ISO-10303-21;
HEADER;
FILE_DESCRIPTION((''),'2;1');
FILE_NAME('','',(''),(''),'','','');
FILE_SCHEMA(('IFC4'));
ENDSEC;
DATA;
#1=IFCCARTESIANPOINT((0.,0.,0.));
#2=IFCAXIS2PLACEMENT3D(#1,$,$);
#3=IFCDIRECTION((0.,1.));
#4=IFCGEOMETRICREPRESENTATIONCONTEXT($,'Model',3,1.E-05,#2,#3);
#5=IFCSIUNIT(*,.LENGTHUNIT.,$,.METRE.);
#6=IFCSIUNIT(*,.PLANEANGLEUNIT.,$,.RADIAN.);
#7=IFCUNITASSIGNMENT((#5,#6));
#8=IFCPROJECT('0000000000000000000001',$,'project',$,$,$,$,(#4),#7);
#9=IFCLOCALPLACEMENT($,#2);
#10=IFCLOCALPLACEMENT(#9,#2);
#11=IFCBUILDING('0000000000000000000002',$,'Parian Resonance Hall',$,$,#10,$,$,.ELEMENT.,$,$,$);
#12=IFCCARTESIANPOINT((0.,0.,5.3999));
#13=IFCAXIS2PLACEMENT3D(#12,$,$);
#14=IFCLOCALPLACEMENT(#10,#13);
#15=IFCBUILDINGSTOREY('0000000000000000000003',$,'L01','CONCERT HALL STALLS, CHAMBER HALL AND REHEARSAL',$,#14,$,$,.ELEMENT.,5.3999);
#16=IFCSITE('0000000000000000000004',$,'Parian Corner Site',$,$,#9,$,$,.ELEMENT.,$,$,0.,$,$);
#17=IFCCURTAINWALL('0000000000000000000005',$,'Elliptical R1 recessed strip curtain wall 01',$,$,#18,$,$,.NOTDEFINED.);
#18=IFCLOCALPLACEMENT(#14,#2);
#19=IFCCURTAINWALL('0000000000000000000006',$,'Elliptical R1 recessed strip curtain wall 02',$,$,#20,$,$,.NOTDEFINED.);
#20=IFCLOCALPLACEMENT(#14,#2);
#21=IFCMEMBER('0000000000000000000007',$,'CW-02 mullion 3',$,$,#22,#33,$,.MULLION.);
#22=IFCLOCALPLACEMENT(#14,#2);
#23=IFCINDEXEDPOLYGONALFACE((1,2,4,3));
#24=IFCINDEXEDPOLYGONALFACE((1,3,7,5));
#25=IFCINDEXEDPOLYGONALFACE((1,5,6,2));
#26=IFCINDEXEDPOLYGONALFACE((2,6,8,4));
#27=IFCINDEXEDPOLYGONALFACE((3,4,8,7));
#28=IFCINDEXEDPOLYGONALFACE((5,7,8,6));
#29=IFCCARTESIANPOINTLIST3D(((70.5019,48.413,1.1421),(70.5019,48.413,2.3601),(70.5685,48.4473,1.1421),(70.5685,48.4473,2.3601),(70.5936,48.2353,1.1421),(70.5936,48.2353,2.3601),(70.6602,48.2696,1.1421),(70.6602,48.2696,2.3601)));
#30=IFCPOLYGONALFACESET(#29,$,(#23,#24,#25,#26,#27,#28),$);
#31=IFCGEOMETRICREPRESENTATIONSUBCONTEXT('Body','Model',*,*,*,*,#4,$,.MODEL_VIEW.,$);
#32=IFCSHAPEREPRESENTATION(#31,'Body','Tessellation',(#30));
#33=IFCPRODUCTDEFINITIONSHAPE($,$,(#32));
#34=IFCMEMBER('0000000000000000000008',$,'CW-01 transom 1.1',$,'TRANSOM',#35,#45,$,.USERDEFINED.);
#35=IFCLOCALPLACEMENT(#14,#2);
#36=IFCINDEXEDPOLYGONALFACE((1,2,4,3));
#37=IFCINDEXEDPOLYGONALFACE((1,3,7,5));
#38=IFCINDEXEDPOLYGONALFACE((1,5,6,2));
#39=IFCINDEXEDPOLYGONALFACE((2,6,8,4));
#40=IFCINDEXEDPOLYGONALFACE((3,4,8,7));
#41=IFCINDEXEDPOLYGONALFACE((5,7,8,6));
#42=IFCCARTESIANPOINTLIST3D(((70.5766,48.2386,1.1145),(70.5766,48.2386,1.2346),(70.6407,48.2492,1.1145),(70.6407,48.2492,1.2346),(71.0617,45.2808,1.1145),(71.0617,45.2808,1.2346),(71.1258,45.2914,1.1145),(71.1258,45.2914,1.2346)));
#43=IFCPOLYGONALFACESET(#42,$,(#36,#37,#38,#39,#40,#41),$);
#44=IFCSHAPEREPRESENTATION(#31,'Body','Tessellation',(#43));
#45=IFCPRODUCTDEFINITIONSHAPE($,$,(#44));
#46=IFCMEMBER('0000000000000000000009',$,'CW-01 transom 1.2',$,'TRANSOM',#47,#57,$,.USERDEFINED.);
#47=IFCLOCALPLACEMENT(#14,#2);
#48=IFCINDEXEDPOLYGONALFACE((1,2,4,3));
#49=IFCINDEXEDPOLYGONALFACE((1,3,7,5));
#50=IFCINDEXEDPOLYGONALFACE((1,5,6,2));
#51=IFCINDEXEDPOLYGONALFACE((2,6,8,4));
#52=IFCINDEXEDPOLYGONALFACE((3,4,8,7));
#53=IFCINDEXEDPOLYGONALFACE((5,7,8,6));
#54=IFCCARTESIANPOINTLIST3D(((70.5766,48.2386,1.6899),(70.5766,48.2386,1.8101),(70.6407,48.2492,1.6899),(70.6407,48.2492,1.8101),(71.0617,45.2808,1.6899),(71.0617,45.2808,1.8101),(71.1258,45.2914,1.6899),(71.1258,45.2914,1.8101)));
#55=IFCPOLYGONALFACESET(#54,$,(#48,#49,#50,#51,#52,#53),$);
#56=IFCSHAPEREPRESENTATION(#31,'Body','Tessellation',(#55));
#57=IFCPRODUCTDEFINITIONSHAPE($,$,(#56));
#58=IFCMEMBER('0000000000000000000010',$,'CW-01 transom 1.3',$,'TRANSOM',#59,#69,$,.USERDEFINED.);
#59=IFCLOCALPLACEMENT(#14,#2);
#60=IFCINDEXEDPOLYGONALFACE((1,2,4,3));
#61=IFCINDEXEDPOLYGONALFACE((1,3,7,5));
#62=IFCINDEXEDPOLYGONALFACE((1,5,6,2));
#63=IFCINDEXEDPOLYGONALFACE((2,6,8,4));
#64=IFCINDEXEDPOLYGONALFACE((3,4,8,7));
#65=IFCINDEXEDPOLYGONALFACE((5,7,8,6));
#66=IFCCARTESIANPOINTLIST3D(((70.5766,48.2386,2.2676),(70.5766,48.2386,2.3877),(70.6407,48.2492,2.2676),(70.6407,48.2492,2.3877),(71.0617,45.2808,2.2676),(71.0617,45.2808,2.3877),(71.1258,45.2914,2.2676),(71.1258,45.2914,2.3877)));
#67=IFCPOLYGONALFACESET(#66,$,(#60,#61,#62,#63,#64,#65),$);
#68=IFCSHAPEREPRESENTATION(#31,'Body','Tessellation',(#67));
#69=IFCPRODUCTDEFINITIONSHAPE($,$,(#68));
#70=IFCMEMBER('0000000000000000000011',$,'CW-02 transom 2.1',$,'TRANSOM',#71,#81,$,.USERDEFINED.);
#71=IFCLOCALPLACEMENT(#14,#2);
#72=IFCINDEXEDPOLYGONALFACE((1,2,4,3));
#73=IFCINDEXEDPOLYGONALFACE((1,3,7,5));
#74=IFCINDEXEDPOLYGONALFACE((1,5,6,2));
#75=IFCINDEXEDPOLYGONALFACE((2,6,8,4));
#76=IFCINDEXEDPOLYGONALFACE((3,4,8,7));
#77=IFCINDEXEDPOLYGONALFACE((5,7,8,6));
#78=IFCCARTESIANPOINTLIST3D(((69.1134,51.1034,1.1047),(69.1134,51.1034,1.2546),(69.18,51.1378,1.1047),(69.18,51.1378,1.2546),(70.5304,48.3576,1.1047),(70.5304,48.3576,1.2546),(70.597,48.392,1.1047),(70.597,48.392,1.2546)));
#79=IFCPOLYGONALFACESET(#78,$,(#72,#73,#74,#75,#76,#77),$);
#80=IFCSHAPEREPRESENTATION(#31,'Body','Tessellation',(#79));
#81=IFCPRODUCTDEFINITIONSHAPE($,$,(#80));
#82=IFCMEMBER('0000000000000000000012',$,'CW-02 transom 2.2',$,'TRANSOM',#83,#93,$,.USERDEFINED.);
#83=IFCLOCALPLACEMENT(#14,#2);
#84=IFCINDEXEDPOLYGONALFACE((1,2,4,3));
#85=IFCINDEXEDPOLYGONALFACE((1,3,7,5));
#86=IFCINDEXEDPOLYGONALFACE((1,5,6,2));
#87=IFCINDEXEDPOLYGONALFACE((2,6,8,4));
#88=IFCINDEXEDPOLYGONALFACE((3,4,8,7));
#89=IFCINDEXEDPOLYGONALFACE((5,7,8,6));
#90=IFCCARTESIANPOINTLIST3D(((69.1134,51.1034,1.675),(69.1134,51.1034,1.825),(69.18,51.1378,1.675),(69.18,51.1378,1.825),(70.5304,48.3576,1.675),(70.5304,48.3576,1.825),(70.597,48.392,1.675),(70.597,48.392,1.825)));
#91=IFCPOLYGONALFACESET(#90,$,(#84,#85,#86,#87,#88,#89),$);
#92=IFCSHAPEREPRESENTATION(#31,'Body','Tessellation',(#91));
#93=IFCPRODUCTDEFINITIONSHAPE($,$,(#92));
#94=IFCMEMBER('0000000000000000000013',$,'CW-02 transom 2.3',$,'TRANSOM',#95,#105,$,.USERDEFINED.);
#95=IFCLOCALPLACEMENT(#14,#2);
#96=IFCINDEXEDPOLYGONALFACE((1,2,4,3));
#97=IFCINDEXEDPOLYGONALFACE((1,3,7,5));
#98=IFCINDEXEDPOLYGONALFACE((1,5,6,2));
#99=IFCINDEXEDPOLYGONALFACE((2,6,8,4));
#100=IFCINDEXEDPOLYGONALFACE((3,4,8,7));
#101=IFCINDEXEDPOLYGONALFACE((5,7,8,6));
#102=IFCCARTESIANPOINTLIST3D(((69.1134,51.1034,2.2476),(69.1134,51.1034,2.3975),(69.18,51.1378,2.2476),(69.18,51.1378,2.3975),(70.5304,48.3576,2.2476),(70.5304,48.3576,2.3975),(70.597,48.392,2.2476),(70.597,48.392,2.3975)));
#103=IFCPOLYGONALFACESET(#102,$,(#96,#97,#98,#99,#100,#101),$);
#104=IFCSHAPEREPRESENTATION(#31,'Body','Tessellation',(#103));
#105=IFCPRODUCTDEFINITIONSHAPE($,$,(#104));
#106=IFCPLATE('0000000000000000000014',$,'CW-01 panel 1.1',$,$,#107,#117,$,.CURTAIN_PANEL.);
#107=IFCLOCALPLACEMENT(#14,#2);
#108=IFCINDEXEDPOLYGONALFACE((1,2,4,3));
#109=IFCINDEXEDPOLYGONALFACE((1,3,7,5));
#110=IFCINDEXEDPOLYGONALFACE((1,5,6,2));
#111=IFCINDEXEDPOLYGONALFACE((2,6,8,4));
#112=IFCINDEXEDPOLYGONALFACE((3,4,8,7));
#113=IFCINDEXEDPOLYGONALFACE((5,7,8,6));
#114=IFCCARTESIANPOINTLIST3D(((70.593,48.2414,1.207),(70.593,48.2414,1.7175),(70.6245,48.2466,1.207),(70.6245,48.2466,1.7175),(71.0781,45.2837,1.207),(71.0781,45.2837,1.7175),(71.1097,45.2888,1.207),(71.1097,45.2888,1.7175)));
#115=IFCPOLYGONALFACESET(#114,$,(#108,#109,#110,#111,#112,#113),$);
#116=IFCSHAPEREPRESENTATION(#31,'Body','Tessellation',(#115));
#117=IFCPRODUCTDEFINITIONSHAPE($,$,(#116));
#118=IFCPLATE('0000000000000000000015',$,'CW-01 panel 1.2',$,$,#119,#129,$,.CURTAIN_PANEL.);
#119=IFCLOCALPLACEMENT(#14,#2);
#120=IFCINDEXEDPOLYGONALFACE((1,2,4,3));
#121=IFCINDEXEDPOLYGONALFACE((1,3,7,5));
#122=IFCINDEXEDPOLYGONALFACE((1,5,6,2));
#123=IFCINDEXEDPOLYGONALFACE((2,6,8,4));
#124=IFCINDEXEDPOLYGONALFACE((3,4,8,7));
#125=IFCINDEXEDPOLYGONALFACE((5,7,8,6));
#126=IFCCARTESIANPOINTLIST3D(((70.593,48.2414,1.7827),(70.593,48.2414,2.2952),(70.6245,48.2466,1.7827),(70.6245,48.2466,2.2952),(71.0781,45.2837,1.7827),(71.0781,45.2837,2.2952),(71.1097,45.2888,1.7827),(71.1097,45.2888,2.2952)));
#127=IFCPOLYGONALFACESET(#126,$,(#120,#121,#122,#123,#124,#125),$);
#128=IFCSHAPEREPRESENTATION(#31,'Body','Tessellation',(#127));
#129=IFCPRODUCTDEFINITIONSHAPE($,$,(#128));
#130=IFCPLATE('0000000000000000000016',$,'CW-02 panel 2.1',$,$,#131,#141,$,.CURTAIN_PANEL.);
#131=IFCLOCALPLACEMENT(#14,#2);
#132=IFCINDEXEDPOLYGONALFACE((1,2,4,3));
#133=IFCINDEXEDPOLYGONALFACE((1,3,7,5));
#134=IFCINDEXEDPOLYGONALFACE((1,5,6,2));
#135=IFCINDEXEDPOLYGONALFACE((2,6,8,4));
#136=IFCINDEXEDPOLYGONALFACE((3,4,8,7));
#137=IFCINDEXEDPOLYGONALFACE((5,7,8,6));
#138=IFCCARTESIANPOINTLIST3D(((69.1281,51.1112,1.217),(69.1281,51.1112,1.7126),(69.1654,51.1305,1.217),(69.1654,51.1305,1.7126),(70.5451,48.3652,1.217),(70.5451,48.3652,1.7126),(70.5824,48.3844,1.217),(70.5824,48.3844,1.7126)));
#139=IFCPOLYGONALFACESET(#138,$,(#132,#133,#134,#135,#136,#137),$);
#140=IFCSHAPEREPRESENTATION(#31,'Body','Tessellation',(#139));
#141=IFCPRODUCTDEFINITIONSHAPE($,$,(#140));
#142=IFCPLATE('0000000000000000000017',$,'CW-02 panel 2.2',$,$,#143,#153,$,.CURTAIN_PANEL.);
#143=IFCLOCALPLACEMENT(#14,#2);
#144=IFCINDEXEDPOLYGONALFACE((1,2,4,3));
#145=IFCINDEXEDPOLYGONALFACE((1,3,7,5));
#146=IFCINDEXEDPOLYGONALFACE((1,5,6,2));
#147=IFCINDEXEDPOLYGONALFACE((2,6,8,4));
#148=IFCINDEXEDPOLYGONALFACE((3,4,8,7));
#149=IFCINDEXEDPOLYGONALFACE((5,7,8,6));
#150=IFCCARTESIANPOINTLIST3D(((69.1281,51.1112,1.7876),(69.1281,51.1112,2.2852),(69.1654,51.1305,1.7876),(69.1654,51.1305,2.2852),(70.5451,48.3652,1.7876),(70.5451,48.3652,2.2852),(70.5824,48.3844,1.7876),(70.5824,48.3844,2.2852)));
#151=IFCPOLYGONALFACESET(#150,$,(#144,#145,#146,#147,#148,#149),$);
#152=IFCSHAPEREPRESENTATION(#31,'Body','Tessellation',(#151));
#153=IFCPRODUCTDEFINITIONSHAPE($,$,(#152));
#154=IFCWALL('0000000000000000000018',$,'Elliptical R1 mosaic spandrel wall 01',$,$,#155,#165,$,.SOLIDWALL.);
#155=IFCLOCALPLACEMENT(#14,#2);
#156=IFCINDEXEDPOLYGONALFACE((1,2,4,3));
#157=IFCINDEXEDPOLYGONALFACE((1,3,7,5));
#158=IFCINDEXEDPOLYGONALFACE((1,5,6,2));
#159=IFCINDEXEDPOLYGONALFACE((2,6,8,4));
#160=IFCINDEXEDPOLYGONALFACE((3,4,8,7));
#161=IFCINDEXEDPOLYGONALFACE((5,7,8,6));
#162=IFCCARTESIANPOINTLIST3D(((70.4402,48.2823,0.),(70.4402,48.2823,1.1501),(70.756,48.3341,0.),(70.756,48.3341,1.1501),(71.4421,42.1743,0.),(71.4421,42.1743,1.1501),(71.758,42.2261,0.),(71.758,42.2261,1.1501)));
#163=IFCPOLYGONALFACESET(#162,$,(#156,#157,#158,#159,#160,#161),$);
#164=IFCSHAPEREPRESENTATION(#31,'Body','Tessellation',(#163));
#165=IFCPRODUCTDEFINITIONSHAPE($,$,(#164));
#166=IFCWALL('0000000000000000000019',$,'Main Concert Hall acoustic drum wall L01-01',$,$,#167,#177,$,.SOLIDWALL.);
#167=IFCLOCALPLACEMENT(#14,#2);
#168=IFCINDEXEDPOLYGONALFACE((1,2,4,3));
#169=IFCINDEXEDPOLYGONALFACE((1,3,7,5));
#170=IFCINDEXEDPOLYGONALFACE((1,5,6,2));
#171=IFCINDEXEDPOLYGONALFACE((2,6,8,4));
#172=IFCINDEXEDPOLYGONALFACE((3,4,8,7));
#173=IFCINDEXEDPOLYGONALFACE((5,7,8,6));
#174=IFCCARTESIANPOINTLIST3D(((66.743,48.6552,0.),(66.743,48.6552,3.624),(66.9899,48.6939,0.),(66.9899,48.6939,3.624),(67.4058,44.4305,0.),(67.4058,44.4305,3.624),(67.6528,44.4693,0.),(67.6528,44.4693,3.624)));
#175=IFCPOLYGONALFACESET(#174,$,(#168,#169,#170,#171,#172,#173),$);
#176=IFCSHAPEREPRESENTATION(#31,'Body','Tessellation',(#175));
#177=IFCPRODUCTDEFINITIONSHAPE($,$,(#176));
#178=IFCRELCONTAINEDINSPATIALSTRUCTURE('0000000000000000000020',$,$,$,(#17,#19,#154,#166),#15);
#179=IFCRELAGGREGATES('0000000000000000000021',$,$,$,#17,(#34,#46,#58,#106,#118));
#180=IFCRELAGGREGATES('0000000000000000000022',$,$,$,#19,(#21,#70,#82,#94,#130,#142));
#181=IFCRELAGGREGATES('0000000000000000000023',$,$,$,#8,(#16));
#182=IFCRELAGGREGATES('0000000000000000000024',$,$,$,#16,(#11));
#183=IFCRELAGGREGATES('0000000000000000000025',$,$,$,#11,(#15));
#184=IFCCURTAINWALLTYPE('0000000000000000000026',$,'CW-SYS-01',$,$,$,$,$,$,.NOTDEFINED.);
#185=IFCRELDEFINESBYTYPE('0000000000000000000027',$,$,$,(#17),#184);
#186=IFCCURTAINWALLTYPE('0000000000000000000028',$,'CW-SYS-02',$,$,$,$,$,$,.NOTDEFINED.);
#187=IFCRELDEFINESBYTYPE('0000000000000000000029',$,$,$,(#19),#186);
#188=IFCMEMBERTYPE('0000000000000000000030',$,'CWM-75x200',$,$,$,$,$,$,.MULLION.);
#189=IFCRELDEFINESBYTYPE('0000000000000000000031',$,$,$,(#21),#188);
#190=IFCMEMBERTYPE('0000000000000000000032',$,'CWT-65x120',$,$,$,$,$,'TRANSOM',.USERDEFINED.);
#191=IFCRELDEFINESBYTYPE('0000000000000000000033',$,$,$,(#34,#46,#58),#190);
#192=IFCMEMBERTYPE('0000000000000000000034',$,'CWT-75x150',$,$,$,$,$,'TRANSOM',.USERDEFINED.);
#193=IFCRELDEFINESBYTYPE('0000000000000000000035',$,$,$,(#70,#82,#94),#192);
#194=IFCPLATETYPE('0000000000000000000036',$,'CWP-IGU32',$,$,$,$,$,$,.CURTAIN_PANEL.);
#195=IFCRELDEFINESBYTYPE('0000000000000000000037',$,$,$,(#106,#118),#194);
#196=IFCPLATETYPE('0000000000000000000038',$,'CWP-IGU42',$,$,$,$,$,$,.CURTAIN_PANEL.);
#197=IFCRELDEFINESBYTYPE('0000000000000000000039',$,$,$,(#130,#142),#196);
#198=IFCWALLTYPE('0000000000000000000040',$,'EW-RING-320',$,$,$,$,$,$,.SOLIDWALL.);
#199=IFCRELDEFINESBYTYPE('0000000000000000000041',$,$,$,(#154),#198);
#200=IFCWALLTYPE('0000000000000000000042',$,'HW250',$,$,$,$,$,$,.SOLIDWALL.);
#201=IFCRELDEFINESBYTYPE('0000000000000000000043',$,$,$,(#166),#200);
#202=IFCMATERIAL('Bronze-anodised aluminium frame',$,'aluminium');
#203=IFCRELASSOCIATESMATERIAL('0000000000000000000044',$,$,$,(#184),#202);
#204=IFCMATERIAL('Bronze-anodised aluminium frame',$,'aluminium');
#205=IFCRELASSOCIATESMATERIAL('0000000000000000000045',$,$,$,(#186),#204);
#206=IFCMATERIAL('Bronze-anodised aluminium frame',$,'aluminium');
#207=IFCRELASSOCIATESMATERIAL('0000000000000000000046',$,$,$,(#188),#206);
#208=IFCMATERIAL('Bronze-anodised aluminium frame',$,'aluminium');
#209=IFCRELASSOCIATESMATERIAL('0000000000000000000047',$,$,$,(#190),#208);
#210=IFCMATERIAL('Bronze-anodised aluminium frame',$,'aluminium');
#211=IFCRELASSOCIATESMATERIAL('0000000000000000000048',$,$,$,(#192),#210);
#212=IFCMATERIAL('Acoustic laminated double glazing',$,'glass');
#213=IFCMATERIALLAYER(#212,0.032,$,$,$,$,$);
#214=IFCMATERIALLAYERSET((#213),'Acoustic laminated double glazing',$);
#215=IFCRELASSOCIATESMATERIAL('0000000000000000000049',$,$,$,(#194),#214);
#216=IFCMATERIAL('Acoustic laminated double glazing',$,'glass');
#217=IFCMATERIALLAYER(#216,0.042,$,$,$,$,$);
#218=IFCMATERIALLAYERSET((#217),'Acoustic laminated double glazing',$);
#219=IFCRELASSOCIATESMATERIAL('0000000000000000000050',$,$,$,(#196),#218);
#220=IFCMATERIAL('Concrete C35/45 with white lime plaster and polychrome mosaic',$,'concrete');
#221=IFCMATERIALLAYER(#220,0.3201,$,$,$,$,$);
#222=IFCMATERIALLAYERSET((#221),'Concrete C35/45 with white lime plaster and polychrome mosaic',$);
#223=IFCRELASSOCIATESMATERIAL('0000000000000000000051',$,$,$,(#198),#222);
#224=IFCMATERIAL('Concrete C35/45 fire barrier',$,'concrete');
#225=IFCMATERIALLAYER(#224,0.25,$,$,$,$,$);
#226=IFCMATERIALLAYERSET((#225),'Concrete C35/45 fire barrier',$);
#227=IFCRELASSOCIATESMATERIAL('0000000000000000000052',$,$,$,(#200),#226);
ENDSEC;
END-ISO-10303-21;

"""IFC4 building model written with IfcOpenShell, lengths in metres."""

from ifc_helpers import new_model, si_unit, direction, frame, frame_2d, origin, origin_2d, place, context, subcontext, project, spatial, rectangle, extrude, material, layer, layer_set, material_profile, profile_set, type_object, element, aggregate, save


model = new_model("IFC4")

# Units and contexts
model_context = context("Model", 3, precision=1e-05, world=origin(), true_north=direction((0.0, 1.0)))
body_context = subcontext(model_context, "Body", "Model", "MODEL_VIEW")
ifc_project = project(units=[si_unit("LENGTHUNIT", "METRE"), si_unit("PLANEANGLEUNIT", "RADIAN")], contexts=[model_context])

# Site, building, storey
site_placement = place(None, origin())
site = spatial("IfcSite", under=ifc_project, at=site_placement, Name="Parian Corner Site", CompositionType="ELEMENT", RefElevation=0.0)
building_placement = place(site_placement, origin())
building = spatial("IfcBuilding", under=site, at=building_placement, Name="Parian Resonance Hall", CompositionType="ELEMENT")
storey_placement = place(building_placement, frame((0.0, 0.0, 5.3999)))
storey = spatial("IfcBuildingStorey", under=building, at=storey_placement, Name="L01", Description="CONCERT HALL STALLS, CHAMBER HALL AND REHEARSAL", CompositionType="ELEMENT", Elevation=5.3999)

# Curtain walls, member
ifc_material_1 = material(Name="Bronze-anodised aluminium frame", Category="aluminium")
curtain_wall_type_1 = type_object("IfcCurtainWallType", Name="CW-SYS-01", PredefinedType="NOTDEFINED", material=ifc_material_1)
curtain_wall_1_placement = place(storey_placement, origin())
curtain_wall_1 = element("IfcCurtainWall", 1, at=curtain_wall_1_placement, inside=storey, type_object=curtain_wall_type_1, Name="Elliptical R1 recessed strip curtain wall 01", PredefinedType="NOTDEFINED")
ifc_material_2 = material(Name="Bronze-anodised aluminium frame", Category="aluminium")
curtain_wall_type_2 = type_object("IfcCurtainWallType", Name="CW-SYS-02", PredefinedType="NOTDEFINED", material=ifc_material_2)
curtain_wall_2_placement = place(storey_placement, origin())
curtain_wall_2 = element("IfcCurtainWall", 2, at=curtain_wall_2_placement, inside=storey, type_object=curtain_wall_type_2, Name="Elliptical R1 recessed strip curtain wall 02", PredefinedType="NOTDEFINED")
ifc_material_3 = material(Name="Bronze-anodised aluminium frame", Category="aluminium")
ifc_material_profile_1 = material_profile(ifc_material_3, rectangle(XDim=0.075, YDim=0.2, at=origin_2d()), Name="CWM-75x200")
ifc_profile_set_1 = profile_set([ifc_material_profile_1], Name="Bronze-anodised aluminium frame")
member_type_1 = type_object("IfcMemberType", Name="CWM-75x200", PredefinedType="MULLION", material=ifc_profile_set_1)
member_1_placement = place(storey_placement, frame((70.5811, 48.3413, 1.1421), z_axis=(0.0, 0.0, 1.0), x_axis=(0.888662, 0.458562, 0.0)))
member_1 = element("IfcMember", 3, at=member_1_placement, type_object=member_type_1, Name="CW-02 mullion 3", PredefinedType="MULLION", context=body_context, shape_type="SweptSolid", body=[
    extrude(rectangle(XDim=0.075, YDim=0.2, at=origin_2d()), origin(), (0.0, 0.0, 1.0), 1.218),
])

# Members
ifc_material_4 = material(Name="Bronze-anodised aluminium frame", Category="aluminium")
ifc_material_profile_2 = material_profile(ifc_material_4, rectangle(XDim=0.0649, YDim=0.1201, at=origin_2d()), Name="CWT-65x120")
ifc_profile_set_2 = profile_set([ifc_material_profile_2], Name="Bronze-anodised aluminium frame")
member_type_2 = type_object("IfcMemberType", Name="CWT-65x120", ElementType="TRANSOM", PredefinedType="USERDEFINED", material=ifc_profile_set_2)
member_2_placement = place(storey_placement, frame((70.6086, 48.2439, 1.1746), z_axis=(0.161849, -0.986816, 0.0), x_axis=(0.986816, 0.161849, 0.0)))
member_2 = element("IfcMember", 4, at=member_2_placement, type_object=member_type_2, Name="CW-01 transom 1.1", ObjectType="TRANSOM", PredefinedType="USERDEFINED", context=body_context, shape_type="SweptSolid", body=[
    extrude(rectangle(XDim=0.0649, YDim=0.1201, at=origin_2d()), origin(), (0.0, 0.0, 1.0), 2.9973),
])
member_3_placement = place(storey_placement, frame((70.6086, 48.2439, 1.75), z_axis=(0.161849, -0.986816, 0.0), x_axis=(0.986816, 0.161849, 0.0)))
member_3 = element("IfcMember", 5, at=member_3_placement, type_object=member_type_2, Name="CW-01 transom 1.2", ObjectType="TRANSOM", PredefinedType="USERDEFINED", context=body_context, shape_type="SweptSolid", body=[
    extrude(rectangle(XDim=0.0649, YDim=0.1201, at=origin_2d()), origin(), (0.0, 0.0, 1.0), 2.9973),
])
member_4_placement = place(storey_placement, frame((70.6086, 48.2439, 2.3276), z_axis=(0.161849, -0.986816, 0.0), x_axis=(0.986816, 0.161849, 0.0)))
member_4 = element("IfcMember", 6, at=member_4_placement, type_object=member_type_2, Name="CW-01 transom 1.3", ObjectType="TRANSOM", PredefinedType="USERDEFINED", context=body_context, shape_type="SweptSolid", body=[
    extrude(rectangle(XDim=0.0649, YDim=0.1201, at=origin_2d()), origin(), (0.0, 0.0, 1.0), 2.9973),
])
ifc_material_5 = material(Name="Bronze-anodised aluminium frame", Category="aluminium")
ifc_material_profile_3 = material_profile(ifc_material_5, rectangle(XDim=0.075, YDim=0.1499, at=origin_2d()), Name="CWT-75x150")
ifc_profile_set_3 = profile_set([ifc_material_profile_3], Name="Bronze-anodised aluminium frame")
member_type_3 = type_object("IfcMemberType", Name="CWT-75x150", ElementType="TRANSOM", PredefinedType="USERDEFINED", material=ifc_profile_set_3)
member_5_placement = place(storey_placement, frame((69.1467, 51.1206, 1.1797), z_axis=(0.458587, -0.88865, 0.0), x_axis=(0.88865, 0.458587, 0.0)))
member_5 = element("IfcMember", 7, at=member_5_placement, type_object=member_type_3, Name="CW-02 transom 2.1", ObjectType="TRANSOM", PredefinedType="USERDEFINED", context=body_context, shape_type="SweptSolid", body=[
    extrude(rectangle(XDim=0.075, YDim=0.1499, at=origin_2d()), origin(), (0.0, 0.0, 1.0), 3.0898),
])
member_6_placement = place(storey_placement, frame((69.1467, 51.1206, 1.75), z_axis=(0.458587, -0.88865, 0.0), x_axis=(0.88865, 0.458587, 0.0)))
member_6 = element("IfcMember", 8, at=member_6_placement, type_object=member_type_3, Name="CW-02 transom 2.2", ObjectType="TRANSOM", PredefinedType="USERDEFINED", context=body_context, shape_type="SweptSolid", body=[
    extrude(rectangle(XDim=0.075, YDim=0.1499, at=origin_2d()), origin(), (0.0, 0.0, 1.0), 3.0898),
])
member_7_placement = place(storey_placement, frame((69.1467, 51.1206, 2.3225), z_axis=(0.458587, -0.88865, 0.0), x_axis=(0.88865, 0.458587, 0.0)))
member_7 = element("IfcMember", 9, at=member_7_placement, type_object=member_type_3, Name="CW-02 transom 2.3", ObjectType="TRANSOM", PredefinedType="USERDEFINED", context=body_context, shape_type="SweptSolid", body=[
    extrude(rectangle(XDim=0.075, YDim=0.1499, at=origin_2d()), origin(), (0.0, 0.0, 1.0), 3.0898),
])

# Plates
ifc_material_6 = material(Name="Acoustic laminated double glazing", Category="glass")
ifc_layer_1 = layer(ifc_material_6, 0.032)
ifc_layer_set_1 = layer_set([ifc_layer_1], Name="Acoustic laminated double glazing")
plate_type_1 = type_object("IfcPlateType", Name="CWP-IGU32", PredefinedType="CURTAIN_PANEL", material=ifc_layer_set_1)
plate_1_placement = place(storey_placement, frame((70.8513, 46.7651, 1.207), z_axis=(0.0, 0.0, 1.0), x_axis=(0.161849, -0.986815, 0.0)))
plate_1 = element("IfcPlate", 10, at=plate_1_placement, type_object=plate_type_1, Name="CW-01 panel 1.1", PredefinedType="CURTAIN_PANEL", context=body_context, shape_type="SweptSolid", body=[
    extrude(rectangle(XDim=2.9973, YDim=0.032, at=origin_2d()), origin(), (0.0, 0.0, 1.0), 0.5105),
])
plate_2_placement = place(storey_placement, frame((70.8513, 46.7651, 1.7827), z_axis=(0.0, 0.0, 1.0), x_axis=(0.161849, -0.986815, 0.0)))
plate_2 = element("IfcPlate", 11, at=plate_2_placement, type_object=plate_type_1, Name="CW-01 panel 1.2", PredefinedType="CURTAIN_PANEL", context=body_context, shape_type="SweptSolid", body=[
    extrude(rectangle(XDim=2.9973, YDim=0.032, at=origin_2d()), origin(), (0.0, 0.0, 1.0), 0.5125),
])
aggregate(curtain_wall_1, [member_2, member_3, member_4, plate_1, plate_2])
ifc_material_7 = material(Name="Acoustic laminated double glazing", Category="glass")
ifc_layer_2 = layer(ifc_material_7, 0.042)
ifc_layer_set_2 = layer_set([ifc_layer_2], Name="Acoustic laminated double glazing")
plate_type_2 = type_object("IfcPlateType", Name="CWP-IGU42", PredefinedType="CURTAIN_PANEL", material=ifc_layer_set_2)
plate_3_placement = place(storey_placement, frame((69.8552, 49.7478, 1.217), z_axis=(0.0, 0.0, 1.0), x_axis=(0.458562, -0.888662, 0.0)))
plate_3 = element("IfcPlate", 12, at=plate_3_placement, type_object=plate_type_2, Name="CW-02 panel 2.1", PredefinedType="CURTAIN_PANEL", context=body_context, shape_type="SweptSolid", body=[
    extrude(rectangle(XDim=3.0901, YDim=0.042, at=origin_2d()), origin(), (0.0, 0.0, 1.0), 0.4956),
])
plate_4_placement = place(storey_placement, frame((69.8552, 49.7478, 1.7876), z_axis=(0.0, 0.0, 1.0), x_axis=(0.458562, -0.888662, 0.0)))
plate_4 = element("IfcPlate", 13, at=plate_4_placement, type_object=plate_type_2, Name="CW-02 panel 2.2", PredefinedType="CURTAIN_PANEL", context=body_context, shape_type="SweptSolid", body=[
    extrude(rectangle(XDim=3.0901, YDim=0.042, at=origin_2d()), origin(), (0.0, 0.0, 1.0), 0.4976),
])
aggregate(curtain_wall_2, [member_1, member_5, member_6, member_7, plate_3, plate_4])

# Walls
ifc_material_8 = material(Name="Concrete C35/45 with white lime plaster and polychrome mosaic", Category="concrete")
ifc_layer_3 = layer(ifc_material_8, 0.3201)
ifc_layer_set_3 = layer_set([ifc_layer_3], Name="Concrete C35/45 with white lime plaster and polychrome mosaic")
wall_type_1 = type_object("IfcWallType", Name="EW-RING-320", PredefinedType="SOLIDWALL", material=ifc_layer_set_3)
wall_1_placement = place(storey_placement, frame((70.5981, 48.3081, 0.0), z_axis=(0.0, 0.0, 1.0), x_axis=(0.161872, -0.986812, 0.0)))
element("IfcWall", 14, at=wall_1_placement, inside=storey, type_object=wall_type_1, Name="Elliptical R1 mosaic spandrel wall 01", PredefinedType="SOLIDWALL", context=body_context, shape_type="SweptSolid", body=[
    extrude(rectangle(XDim=6.1897, YDim=0.3201, at=frame_2d((3.0947, 0.0))), origin(), (0.0, 0.0, 1.0), 1.1501),
])
ifc_material_9 = material(Name="Concrete C35/45 fire barrier", Category="concrete")
ifc_layer_4 = layer(ifc_material_9, 0.25)
ifc_layer_set_4 = layer_set([ifc_layer_4], Name="Concrete C35/45 fire barrier")
wall_type_2 = type_object("IfcWallType", Name="HW250", PredefinedType="SOLIDWALL", material=ifc_layer_set_4)
wall_2_placement = place(storey_placement, frame((66.8665, 48.6746, 0.0), z_axis=(0.0, 0.0, 1.0), x_axis=(0.155004, -0.987914, 0.0)))
element("IfcWall", 15, at=wall_2_placement, inside=storey, type_object=wall_type_2, Name="Main Concert Hall acoustic drum wall L01-01", PredefinedType="SOLIDWALL", context=body_context, shape_type="SweptSolid", body=[
    extrude(rectangle(XDim=4.2764, YDim=0.25, at=frame_2d((2.1382, 0.0))), origin(), (0.0, 0.0, 1.0), 3.624),
])

save(model, "model.ifc")
